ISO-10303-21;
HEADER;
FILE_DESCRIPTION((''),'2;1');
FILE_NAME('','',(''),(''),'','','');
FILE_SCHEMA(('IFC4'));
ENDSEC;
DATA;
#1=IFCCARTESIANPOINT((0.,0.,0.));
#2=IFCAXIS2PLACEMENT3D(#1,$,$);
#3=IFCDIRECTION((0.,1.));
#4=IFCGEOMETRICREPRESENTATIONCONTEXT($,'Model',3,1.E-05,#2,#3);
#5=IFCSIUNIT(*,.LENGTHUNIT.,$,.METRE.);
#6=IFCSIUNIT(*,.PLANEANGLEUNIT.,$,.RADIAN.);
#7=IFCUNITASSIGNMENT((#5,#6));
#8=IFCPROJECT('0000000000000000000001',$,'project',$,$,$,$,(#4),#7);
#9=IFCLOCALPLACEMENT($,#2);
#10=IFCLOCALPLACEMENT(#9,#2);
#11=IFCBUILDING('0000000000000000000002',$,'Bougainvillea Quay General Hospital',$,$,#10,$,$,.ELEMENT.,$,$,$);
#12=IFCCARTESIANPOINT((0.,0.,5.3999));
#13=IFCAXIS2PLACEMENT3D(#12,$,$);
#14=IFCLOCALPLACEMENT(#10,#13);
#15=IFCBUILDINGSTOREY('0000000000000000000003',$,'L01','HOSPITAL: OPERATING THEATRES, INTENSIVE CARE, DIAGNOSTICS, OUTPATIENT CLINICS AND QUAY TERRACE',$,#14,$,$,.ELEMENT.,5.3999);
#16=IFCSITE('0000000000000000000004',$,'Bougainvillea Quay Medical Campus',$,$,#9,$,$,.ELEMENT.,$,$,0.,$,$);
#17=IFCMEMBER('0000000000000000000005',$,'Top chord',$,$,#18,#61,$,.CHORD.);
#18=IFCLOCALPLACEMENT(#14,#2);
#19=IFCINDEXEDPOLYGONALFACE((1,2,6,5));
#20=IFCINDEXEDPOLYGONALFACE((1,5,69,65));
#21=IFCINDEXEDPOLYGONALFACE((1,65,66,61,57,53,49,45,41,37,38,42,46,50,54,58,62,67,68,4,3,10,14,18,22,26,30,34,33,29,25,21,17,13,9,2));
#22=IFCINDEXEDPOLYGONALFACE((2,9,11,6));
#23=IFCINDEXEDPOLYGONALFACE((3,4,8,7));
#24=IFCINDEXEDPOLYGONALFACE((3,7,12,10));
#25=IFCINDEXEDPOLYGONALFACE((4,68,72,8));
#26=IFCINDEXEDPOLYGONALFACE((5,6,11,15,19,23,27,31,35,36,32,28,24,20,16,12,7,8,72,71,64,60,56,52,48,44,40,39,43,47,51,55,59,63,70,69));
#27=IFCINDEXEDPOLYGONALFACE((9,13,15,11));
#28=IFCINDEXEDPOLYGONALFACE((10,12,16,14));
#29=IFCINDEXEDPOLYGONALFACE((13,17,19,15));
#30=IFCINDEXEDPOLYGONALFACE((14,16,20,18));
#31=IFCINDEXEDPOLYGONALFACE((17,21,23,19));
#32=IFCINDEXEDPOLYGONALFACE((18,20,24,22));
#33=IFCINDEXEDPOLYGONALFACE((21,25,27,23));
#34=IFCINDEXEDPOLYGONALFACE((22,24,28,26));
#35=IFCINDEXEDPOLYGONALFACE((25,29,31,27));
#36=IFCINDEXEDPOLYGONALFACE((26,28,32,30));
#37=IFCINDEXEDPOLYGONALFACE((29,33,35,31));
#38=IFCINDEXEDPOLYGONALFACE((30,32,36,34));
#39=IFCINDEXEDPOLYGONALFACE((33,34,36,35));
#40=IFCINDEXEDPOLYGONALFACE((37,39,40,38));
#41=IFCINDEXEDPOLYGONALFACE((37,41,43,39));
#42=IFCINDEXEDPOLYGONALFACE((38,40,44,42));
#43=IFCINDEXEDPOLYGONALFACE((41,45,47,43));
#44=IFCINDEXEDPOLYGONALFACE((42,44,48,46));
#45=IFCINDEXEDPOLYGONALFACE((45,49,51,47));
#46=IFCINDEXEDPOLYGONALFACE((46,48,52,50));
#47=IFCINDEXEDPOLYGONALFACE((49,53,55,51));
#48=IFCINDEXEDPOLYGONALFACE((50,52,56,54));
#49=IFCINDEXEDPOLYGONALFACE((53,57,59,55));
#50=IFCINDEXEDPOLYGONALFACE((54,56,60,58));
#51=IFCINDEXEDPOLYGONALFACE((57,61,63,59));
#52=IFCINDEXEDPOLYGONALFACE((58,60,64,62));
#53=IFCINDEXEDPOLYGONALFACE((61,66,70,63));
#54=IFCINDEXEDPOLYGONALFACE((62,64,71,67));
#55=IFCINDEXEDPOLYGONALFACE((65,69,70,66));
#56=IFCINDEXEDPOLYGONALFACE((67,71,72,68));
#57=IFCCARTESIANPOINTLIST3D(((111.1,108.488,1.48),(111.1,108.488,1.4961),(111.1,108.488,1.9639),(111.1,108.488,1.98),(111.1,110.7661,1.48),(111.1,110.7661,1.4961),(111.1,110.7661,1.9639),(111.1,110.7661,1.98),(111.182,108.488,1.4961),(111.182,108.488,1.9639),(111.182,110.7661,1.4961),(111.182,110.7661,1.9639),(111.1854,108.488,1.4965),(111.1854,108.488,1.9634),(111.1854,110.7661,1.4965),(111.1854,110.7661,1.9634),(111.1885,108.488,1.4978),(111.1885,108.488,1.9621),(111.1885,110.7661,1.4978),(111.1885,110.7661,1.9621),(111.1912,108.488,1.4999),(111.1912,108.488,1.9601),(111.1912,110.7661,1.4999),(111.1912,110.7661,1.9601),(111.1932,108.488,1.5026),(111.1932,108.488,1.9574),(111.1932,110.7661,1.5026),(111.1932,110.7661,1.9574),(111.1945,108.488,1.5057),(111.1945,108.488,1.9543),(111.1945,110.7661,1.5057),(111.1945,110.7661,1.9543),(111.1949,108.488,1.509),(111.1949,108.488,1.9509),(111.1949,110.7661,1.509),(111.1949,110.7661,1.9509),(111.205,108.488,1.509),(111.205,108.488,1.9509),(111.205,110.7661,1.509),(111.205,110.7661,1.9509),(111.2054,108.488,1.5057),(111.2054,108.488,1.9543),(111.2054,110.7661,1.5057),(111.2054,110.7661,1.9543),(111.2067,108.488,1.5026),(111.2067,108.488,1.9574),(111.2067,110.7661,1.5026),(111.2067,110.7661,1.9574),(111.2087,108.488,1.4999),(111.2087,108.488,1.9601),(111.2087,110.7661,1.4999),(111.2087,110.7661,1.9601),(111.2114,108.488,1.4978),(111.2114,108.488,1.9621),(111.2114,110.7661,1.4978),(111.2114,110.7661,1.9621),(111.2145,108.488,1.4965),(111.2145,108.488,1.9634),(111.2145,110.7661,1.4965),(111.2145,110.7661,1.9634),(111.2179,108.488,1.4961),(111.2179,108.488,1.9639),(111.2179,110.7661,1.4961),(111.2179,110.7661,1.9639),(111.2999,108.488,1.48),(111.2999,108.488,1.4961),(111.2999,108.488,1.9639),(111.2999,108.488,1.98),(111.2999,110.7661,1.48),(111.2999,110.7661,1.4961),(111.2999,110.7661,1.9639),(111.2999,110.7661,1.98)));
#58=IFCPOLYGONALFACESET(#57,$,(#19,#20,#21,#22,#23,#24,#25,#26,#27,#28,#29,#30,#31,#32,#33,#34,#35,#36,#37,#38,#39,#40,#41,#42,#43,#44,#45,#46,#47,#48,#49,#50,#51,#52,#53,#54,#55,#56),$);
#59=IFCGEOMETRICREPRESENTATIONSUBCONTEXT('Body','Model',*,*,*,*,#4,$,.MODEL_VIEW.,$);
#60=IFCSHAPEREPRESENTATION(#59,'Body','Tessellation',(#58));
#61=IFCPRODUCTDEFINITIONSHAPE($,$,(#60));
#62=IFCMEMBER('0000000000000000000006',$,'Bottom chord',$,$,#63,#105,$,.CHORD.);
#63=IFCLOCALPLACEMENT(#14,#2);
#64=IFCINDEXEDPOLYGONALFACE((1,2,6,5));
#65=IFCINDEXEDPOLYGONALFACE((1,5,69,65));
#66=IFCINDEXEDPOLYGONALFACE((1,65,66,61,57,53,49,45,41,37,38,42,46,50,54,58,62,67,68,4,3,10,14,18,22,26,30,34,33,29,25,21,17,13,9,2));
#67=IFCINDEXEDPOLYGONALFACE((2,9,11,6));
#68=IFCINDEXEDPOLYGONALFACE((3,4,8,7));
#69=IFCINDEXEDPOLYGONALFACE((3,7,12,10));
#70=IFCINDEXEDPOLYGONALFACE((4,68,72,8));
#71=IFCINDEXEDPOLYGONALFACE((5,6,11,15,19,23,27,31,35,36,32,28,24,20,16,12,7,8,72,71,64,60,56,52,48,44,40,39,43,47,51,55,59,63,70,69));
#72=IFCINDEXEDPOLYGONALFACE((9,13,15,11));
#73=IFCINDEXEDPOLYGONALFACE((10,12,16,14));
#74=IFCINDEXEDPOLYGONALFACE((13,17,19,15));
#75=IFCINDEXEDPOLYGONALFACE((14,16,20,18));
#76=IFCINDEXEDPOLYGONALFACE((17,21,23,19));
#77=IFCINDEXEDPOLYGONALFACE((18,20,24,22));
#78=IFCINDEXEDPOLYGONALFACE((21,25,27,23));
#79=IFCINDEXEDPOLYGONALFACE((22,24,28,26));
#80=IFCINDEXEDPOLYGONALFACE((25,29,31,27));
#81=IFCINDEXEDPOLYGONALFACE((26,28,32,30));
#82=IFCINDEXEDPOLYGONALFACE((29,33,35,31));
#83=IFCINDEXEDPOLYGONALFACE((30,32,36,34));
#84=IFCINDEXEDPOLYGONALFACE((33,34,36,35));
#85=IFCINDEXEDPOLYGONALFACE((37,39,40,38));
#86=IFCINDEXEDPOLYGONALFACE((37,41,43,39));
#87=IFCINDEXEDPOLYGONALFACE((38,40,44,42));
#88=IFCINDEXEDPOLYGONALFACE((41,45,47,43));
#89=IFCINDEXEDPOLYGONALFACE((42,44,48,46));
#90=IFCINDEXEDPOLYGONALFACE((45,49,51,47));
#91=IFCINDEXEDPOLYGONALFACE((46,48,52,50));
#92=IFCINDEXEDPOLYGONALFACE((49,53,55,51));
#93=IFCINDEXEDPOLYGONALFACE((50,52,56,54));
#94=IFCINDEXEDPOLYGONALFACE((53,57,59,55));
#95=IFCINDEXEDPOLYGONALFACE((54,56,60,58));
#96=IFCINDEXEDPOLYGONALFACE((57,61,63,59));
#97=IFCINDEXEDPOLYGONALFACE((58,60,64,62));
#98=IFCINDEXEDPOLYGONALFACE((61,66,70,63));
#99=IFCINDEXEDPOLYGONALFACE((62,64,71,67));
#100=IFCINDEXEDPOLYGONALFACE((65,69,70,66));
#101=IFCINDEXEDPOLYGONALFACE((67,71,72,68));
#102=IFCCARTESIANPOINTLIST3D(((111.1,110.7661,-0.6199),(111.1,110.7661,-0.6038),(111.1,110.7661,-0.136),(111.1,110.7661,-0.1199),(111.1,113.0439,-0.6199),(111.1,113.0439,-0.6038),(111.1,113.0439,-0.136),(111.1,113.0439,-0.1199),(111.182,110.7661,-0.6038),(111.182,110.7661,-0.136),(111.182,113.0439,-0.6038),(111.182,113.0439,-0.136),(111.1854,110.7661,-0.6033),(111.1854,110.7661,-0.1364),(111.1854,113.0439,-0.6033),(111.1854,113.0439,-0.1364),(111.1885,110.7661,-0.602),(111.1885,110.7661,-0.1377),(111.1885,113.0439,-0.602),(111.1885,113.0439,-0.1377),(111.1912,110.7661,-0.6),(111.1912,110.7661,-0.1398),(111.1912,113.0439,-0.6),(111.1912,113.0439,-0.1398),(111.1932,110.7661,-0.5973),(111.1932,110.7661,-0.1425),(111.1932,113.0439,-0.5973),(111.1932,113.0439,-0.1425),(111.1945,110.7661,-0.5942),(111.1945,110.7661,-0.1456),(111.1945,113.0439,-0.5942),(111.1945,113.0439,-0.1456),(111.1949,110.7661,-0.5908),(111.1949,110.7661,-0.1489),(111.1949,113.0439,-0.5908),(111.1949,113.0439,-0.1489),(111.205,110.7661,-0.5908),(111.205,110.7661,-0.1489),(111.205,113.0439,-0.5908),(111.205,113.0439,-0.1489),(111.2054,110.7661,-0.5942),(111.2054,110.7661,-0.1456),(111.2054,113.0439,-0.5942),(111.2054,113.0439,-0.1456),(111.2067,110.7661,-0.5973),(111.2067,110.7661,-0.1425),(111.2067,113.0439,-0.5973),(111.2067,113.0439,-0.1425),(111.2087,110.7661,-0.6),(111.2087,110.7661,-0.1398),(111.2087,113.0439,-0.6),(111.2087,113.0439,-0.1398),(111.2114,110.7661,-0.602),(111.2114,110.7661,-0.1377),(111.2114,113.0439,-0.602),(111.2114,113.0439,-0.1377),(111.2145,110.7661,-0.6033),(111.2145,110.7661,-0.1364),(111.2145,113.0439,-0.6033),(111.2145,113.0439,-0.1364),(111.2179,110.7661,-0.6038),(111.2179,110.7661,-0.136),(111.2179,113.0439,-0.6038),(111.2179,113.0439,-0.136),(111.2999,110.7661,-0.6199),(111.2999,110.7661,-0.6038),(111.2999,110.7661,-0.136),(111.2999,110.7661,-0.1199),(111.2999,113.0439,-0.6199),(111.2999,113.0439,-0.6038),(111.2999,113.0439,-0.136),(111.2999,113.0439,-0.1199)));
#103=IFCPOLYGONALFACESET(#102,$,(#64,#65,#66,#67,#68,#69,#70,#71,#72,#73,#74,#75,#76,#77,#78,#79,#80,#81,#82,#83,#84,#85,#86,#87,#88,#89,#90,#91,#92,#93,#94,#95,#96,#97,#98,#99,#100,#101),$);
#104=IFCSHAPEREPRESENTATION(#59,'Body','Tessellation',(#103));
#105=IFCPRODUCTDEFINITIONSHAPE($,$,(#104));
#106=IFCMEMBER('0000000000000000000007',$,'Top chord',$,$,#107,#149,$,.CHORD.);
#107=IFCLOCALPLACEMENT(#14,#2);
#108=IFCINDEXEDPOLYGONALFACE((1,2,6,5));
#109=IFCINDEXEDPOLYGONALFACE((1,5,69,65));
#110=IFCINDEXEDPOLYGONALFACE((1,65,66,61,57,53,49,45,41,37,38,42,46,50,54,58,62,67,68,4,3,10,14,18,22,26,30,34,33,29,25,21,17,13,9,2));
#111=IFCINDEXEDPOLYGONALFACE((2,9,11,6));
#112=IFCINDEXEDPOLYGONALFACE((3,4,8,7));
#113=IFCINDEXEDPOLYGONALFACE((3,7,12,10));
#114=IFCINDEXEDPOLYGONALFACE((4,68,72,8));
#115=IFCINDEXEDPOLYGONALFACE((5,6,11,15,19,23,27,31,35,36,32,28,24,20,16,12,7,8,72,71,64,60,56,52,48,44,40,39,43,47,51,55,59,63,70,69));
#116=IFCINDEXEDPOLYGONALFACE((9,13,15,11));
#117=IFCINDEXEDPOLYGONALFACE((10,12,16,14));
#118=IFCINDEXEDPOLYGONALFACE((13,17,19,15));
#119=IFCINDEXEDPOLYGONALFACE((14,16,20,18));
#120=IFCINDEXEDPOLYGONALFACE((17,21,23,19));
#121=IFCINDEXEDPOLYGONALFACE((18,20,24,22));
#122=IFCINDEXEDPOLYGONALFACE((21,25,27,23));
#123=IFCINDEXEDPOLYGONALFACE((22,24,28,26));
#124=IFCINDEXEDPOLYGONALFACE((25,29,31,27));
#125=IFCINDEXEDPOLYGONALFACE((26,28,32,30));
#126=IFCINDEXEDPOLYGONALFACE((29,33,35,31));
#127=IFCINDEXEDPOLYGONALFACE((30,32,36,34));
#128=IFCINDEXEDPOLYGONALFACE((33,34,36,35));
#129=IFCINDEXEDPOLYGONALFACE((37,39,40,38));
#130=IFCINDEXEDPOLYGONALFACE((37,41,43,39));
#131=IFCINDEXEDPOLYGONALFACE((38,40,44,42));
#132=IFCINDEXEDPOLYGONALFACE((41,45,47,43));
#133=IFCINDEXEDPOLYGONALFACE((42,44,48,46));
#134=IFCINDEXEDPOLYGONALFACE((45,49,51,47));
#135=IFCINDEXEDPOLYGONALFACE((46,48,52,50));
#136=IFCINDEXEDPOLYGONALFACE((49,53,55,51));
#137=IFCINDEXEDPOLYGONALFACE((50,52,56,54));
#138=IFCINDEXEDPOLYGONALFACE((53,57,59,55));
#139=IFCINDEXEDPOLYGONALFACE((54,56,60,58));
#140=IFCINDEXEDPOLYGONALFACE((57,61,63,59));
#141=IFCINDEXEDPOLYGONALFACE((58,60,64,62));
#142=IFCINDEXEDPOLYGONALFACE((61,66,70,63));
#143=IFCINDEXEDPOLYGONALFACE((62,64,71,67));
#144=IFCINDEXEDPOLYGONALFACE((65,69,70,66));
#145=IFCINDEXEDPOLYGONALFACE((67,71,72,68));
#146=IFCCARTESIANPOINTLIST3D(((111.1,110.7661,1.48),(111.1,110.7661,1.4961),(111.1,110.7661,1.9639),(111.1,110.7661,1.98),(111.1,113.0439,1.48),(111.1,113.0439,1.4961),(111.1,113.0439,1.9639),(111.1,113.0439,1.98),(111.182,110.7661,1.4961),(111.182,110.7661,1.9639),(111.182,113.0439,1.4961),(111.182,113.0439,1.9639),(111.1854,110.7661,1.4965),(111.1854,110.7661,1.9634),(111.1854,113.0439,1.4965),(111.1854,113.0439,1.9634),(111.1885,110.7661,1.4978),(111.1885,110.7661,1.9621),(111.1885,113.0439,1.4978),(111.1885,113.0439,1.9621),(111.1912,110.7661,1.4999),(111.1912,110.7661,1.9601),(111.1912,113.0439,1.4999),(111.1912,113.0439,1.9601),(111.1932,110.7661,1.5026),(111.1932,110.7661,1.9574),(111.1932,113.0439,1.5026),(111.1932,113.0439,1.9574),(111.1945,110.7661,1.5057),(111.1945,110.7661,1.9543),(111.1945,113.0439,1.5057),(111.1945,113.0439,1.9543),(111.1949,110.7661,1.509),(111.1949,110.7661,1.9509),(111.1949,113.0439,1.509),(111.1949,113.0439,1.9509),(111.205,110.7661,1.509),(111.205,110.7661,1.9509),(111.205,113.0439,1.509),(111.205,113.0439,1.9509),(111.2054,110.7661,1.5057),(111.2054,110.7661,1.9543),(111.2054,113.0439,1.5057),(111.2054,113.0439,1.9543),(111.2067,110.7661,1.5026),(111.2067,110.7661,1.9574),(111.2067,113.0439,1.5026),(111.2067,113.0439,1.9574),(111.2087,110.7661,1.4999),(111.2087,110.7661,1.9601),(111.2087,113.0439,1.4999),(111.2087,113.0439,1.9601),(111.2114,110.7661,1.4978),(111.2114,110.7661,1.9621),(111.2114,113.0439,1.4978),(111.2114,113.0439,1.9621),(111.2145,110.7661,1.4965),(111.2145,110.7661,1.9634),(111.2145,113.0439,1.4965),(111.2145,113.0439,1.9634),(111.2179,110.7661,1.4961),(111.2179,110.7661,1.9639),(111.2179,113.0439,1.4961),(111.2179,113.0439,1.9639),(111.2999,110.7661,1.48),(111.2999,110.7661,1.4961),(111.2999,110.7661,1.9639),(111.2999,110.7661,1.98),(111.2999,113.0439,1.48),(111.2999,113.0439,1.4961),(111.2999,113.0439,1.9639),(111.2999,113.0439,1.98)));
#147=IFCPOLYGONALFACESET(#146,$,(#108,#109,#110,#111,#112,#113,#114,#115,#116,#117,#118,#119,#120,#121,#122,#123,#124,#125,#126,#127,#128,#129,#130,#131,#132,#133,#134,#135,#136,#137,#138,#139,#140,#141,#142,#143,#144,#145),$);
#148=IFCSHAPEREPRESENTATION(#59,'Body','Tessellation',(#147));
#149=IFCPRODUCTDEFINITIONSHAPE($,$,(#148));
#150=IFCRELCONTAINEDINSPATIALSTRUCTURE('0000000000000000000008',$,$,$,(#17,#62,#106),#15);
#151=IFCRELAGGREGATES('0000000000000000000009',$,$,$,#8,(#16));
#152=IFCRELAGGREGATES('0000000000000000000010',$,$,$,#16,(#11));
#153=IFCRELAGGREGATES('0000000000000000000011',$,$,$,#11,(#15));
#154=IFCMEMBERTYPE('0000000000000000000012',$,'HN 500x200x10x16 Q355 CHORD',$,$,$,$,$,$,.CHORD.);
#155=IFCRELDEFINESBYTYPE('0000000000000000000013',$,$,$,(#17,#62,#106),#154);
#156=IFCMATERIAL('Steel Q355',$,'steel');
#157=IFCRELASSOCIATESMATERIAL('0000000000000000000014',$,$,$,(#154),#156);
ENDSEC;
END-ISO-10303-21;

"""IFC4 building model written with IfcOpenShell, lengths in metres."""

from ifc_helpers import new_model, si_unit, direction, frame, origin, origin_2d, place, context, subcontext, project, spatial, i_section, extrude, material, material_profile, profile_set, type_object, element, save


model = new_model("IFC4")

# Units and contexts
model_context = context("Model", 3, precision=1e-05, world=origin(), true_north=direction((0.0, 1.0)))
body_context = subcontext(model_context, "Body", "Model", "MODEL_VIEW")
ifc_project = project(units=[si_unit("LENGTHUNIT", "METRE"), si_unit("PLANEANGLEUNIT", "RADIAN")], contexts=[model_context])

# Site, building, storey
site_placement = place(None, origin())
site = spatial("IfcSite", under=ifc_project, at=site_placement, Name="Bougainvillea Quay Medical Campus", CompositionType="ELEMENT", RefElevation=0.0)
building_placement = place(site_placement, origin())
building = spatial("IfcBuilding", under=site, at=building_placement, Name="Bougainvillea Quay General Hospital", CompositionType="ELEMENT")
storey_placement = place(building_placement, frame((0.0, 0.0, 5.3999)))
storey = spatial("IfcBuildingStorey", under=building, at=storey_placement, Name="L01", Description="HOSPITAL: OPERATING THEATRES, INTENSIVE CARE, DIAGNOSTICS, OUTPATIENT CLINICS AND QUAY TERRACE", CompositionType="ELEMENT", Elevation=5.3999)

# Members
ifc_material_1 = material(Name="Steel Q355", Category="steel")
ifc_material_profile_1 = material_profile(ifc_material_1, i_section(OverallWidth=0.2, OverallDepth=0.5, WebThickness=0.01, FlangeThickness=0.0161, FilletRadius=0.0129, at=origin_2d()))
ifc_profile_set_1 = profile_set([ifc_material_profile_1], Name="Steel Q355")
member_type_1 = type_object("IfcMemberType", Name="HN 500x200x10x16 Q355 CHORD", PredefinedType="CHORD", material=ifc_profile_set_1)
for number, where, z_axis, x_axis, name in (
    (1, (111.2, 108.488, 1.73), (0.0, 1.0, 0.0), (-1.0, 0.0, 0.0), "Top chord"),
):
    element("IfcMember", number, at=place(storey_placement, frame(where, z_axis=z_axis, x_axis=x_axis)), inside=storey, type_object=member_type_1, Name=name, PredefinedType="CHORD", context=body_context, shape_type="SweptSolid", body=[
        extrude(i_section(OverallWidth=0.2, OverallDepth=0.5, WebThickness=0.01, FlangeThickness=0.0161, FilletRadius=0.0129, at=origin_2d()), origin(), (0.0, 0.0, 1.0), 2.2781),
    ])
for number, where, z_axis, x_axis, name in (
    (2, (111.2, 110.7661, -0.3699), (0.0, 1.0, 0.0), (-1.0, 0.0, 0.0), "Bottom chord"),
    (3, (111.2, 110.7661, 1.73), (0.0, 1.0, 0.0), (-1.0, 0.0, 0.0), "Top chord"),
):
    element("IfcMember", number, at=place(storey_placement, frame(where, z_axis=z_axis, x_axis=x_axis)), inside=storey, type_object=member_type_1, Name=name, PredefinedType="CHORD", context=body_context, shape_type="SweptSolid", body=[
        extrude(i_section(OverallWidth=0.2, OverallDepth=0.5, WebThickness=0.01, FlangeThickness=0.0161, FilletRadius=0.0129, at=origin_2d()), origin(), (0.0, 0.0, 1.0), 2.2778),
    ])

save(model, "model.ifc")
